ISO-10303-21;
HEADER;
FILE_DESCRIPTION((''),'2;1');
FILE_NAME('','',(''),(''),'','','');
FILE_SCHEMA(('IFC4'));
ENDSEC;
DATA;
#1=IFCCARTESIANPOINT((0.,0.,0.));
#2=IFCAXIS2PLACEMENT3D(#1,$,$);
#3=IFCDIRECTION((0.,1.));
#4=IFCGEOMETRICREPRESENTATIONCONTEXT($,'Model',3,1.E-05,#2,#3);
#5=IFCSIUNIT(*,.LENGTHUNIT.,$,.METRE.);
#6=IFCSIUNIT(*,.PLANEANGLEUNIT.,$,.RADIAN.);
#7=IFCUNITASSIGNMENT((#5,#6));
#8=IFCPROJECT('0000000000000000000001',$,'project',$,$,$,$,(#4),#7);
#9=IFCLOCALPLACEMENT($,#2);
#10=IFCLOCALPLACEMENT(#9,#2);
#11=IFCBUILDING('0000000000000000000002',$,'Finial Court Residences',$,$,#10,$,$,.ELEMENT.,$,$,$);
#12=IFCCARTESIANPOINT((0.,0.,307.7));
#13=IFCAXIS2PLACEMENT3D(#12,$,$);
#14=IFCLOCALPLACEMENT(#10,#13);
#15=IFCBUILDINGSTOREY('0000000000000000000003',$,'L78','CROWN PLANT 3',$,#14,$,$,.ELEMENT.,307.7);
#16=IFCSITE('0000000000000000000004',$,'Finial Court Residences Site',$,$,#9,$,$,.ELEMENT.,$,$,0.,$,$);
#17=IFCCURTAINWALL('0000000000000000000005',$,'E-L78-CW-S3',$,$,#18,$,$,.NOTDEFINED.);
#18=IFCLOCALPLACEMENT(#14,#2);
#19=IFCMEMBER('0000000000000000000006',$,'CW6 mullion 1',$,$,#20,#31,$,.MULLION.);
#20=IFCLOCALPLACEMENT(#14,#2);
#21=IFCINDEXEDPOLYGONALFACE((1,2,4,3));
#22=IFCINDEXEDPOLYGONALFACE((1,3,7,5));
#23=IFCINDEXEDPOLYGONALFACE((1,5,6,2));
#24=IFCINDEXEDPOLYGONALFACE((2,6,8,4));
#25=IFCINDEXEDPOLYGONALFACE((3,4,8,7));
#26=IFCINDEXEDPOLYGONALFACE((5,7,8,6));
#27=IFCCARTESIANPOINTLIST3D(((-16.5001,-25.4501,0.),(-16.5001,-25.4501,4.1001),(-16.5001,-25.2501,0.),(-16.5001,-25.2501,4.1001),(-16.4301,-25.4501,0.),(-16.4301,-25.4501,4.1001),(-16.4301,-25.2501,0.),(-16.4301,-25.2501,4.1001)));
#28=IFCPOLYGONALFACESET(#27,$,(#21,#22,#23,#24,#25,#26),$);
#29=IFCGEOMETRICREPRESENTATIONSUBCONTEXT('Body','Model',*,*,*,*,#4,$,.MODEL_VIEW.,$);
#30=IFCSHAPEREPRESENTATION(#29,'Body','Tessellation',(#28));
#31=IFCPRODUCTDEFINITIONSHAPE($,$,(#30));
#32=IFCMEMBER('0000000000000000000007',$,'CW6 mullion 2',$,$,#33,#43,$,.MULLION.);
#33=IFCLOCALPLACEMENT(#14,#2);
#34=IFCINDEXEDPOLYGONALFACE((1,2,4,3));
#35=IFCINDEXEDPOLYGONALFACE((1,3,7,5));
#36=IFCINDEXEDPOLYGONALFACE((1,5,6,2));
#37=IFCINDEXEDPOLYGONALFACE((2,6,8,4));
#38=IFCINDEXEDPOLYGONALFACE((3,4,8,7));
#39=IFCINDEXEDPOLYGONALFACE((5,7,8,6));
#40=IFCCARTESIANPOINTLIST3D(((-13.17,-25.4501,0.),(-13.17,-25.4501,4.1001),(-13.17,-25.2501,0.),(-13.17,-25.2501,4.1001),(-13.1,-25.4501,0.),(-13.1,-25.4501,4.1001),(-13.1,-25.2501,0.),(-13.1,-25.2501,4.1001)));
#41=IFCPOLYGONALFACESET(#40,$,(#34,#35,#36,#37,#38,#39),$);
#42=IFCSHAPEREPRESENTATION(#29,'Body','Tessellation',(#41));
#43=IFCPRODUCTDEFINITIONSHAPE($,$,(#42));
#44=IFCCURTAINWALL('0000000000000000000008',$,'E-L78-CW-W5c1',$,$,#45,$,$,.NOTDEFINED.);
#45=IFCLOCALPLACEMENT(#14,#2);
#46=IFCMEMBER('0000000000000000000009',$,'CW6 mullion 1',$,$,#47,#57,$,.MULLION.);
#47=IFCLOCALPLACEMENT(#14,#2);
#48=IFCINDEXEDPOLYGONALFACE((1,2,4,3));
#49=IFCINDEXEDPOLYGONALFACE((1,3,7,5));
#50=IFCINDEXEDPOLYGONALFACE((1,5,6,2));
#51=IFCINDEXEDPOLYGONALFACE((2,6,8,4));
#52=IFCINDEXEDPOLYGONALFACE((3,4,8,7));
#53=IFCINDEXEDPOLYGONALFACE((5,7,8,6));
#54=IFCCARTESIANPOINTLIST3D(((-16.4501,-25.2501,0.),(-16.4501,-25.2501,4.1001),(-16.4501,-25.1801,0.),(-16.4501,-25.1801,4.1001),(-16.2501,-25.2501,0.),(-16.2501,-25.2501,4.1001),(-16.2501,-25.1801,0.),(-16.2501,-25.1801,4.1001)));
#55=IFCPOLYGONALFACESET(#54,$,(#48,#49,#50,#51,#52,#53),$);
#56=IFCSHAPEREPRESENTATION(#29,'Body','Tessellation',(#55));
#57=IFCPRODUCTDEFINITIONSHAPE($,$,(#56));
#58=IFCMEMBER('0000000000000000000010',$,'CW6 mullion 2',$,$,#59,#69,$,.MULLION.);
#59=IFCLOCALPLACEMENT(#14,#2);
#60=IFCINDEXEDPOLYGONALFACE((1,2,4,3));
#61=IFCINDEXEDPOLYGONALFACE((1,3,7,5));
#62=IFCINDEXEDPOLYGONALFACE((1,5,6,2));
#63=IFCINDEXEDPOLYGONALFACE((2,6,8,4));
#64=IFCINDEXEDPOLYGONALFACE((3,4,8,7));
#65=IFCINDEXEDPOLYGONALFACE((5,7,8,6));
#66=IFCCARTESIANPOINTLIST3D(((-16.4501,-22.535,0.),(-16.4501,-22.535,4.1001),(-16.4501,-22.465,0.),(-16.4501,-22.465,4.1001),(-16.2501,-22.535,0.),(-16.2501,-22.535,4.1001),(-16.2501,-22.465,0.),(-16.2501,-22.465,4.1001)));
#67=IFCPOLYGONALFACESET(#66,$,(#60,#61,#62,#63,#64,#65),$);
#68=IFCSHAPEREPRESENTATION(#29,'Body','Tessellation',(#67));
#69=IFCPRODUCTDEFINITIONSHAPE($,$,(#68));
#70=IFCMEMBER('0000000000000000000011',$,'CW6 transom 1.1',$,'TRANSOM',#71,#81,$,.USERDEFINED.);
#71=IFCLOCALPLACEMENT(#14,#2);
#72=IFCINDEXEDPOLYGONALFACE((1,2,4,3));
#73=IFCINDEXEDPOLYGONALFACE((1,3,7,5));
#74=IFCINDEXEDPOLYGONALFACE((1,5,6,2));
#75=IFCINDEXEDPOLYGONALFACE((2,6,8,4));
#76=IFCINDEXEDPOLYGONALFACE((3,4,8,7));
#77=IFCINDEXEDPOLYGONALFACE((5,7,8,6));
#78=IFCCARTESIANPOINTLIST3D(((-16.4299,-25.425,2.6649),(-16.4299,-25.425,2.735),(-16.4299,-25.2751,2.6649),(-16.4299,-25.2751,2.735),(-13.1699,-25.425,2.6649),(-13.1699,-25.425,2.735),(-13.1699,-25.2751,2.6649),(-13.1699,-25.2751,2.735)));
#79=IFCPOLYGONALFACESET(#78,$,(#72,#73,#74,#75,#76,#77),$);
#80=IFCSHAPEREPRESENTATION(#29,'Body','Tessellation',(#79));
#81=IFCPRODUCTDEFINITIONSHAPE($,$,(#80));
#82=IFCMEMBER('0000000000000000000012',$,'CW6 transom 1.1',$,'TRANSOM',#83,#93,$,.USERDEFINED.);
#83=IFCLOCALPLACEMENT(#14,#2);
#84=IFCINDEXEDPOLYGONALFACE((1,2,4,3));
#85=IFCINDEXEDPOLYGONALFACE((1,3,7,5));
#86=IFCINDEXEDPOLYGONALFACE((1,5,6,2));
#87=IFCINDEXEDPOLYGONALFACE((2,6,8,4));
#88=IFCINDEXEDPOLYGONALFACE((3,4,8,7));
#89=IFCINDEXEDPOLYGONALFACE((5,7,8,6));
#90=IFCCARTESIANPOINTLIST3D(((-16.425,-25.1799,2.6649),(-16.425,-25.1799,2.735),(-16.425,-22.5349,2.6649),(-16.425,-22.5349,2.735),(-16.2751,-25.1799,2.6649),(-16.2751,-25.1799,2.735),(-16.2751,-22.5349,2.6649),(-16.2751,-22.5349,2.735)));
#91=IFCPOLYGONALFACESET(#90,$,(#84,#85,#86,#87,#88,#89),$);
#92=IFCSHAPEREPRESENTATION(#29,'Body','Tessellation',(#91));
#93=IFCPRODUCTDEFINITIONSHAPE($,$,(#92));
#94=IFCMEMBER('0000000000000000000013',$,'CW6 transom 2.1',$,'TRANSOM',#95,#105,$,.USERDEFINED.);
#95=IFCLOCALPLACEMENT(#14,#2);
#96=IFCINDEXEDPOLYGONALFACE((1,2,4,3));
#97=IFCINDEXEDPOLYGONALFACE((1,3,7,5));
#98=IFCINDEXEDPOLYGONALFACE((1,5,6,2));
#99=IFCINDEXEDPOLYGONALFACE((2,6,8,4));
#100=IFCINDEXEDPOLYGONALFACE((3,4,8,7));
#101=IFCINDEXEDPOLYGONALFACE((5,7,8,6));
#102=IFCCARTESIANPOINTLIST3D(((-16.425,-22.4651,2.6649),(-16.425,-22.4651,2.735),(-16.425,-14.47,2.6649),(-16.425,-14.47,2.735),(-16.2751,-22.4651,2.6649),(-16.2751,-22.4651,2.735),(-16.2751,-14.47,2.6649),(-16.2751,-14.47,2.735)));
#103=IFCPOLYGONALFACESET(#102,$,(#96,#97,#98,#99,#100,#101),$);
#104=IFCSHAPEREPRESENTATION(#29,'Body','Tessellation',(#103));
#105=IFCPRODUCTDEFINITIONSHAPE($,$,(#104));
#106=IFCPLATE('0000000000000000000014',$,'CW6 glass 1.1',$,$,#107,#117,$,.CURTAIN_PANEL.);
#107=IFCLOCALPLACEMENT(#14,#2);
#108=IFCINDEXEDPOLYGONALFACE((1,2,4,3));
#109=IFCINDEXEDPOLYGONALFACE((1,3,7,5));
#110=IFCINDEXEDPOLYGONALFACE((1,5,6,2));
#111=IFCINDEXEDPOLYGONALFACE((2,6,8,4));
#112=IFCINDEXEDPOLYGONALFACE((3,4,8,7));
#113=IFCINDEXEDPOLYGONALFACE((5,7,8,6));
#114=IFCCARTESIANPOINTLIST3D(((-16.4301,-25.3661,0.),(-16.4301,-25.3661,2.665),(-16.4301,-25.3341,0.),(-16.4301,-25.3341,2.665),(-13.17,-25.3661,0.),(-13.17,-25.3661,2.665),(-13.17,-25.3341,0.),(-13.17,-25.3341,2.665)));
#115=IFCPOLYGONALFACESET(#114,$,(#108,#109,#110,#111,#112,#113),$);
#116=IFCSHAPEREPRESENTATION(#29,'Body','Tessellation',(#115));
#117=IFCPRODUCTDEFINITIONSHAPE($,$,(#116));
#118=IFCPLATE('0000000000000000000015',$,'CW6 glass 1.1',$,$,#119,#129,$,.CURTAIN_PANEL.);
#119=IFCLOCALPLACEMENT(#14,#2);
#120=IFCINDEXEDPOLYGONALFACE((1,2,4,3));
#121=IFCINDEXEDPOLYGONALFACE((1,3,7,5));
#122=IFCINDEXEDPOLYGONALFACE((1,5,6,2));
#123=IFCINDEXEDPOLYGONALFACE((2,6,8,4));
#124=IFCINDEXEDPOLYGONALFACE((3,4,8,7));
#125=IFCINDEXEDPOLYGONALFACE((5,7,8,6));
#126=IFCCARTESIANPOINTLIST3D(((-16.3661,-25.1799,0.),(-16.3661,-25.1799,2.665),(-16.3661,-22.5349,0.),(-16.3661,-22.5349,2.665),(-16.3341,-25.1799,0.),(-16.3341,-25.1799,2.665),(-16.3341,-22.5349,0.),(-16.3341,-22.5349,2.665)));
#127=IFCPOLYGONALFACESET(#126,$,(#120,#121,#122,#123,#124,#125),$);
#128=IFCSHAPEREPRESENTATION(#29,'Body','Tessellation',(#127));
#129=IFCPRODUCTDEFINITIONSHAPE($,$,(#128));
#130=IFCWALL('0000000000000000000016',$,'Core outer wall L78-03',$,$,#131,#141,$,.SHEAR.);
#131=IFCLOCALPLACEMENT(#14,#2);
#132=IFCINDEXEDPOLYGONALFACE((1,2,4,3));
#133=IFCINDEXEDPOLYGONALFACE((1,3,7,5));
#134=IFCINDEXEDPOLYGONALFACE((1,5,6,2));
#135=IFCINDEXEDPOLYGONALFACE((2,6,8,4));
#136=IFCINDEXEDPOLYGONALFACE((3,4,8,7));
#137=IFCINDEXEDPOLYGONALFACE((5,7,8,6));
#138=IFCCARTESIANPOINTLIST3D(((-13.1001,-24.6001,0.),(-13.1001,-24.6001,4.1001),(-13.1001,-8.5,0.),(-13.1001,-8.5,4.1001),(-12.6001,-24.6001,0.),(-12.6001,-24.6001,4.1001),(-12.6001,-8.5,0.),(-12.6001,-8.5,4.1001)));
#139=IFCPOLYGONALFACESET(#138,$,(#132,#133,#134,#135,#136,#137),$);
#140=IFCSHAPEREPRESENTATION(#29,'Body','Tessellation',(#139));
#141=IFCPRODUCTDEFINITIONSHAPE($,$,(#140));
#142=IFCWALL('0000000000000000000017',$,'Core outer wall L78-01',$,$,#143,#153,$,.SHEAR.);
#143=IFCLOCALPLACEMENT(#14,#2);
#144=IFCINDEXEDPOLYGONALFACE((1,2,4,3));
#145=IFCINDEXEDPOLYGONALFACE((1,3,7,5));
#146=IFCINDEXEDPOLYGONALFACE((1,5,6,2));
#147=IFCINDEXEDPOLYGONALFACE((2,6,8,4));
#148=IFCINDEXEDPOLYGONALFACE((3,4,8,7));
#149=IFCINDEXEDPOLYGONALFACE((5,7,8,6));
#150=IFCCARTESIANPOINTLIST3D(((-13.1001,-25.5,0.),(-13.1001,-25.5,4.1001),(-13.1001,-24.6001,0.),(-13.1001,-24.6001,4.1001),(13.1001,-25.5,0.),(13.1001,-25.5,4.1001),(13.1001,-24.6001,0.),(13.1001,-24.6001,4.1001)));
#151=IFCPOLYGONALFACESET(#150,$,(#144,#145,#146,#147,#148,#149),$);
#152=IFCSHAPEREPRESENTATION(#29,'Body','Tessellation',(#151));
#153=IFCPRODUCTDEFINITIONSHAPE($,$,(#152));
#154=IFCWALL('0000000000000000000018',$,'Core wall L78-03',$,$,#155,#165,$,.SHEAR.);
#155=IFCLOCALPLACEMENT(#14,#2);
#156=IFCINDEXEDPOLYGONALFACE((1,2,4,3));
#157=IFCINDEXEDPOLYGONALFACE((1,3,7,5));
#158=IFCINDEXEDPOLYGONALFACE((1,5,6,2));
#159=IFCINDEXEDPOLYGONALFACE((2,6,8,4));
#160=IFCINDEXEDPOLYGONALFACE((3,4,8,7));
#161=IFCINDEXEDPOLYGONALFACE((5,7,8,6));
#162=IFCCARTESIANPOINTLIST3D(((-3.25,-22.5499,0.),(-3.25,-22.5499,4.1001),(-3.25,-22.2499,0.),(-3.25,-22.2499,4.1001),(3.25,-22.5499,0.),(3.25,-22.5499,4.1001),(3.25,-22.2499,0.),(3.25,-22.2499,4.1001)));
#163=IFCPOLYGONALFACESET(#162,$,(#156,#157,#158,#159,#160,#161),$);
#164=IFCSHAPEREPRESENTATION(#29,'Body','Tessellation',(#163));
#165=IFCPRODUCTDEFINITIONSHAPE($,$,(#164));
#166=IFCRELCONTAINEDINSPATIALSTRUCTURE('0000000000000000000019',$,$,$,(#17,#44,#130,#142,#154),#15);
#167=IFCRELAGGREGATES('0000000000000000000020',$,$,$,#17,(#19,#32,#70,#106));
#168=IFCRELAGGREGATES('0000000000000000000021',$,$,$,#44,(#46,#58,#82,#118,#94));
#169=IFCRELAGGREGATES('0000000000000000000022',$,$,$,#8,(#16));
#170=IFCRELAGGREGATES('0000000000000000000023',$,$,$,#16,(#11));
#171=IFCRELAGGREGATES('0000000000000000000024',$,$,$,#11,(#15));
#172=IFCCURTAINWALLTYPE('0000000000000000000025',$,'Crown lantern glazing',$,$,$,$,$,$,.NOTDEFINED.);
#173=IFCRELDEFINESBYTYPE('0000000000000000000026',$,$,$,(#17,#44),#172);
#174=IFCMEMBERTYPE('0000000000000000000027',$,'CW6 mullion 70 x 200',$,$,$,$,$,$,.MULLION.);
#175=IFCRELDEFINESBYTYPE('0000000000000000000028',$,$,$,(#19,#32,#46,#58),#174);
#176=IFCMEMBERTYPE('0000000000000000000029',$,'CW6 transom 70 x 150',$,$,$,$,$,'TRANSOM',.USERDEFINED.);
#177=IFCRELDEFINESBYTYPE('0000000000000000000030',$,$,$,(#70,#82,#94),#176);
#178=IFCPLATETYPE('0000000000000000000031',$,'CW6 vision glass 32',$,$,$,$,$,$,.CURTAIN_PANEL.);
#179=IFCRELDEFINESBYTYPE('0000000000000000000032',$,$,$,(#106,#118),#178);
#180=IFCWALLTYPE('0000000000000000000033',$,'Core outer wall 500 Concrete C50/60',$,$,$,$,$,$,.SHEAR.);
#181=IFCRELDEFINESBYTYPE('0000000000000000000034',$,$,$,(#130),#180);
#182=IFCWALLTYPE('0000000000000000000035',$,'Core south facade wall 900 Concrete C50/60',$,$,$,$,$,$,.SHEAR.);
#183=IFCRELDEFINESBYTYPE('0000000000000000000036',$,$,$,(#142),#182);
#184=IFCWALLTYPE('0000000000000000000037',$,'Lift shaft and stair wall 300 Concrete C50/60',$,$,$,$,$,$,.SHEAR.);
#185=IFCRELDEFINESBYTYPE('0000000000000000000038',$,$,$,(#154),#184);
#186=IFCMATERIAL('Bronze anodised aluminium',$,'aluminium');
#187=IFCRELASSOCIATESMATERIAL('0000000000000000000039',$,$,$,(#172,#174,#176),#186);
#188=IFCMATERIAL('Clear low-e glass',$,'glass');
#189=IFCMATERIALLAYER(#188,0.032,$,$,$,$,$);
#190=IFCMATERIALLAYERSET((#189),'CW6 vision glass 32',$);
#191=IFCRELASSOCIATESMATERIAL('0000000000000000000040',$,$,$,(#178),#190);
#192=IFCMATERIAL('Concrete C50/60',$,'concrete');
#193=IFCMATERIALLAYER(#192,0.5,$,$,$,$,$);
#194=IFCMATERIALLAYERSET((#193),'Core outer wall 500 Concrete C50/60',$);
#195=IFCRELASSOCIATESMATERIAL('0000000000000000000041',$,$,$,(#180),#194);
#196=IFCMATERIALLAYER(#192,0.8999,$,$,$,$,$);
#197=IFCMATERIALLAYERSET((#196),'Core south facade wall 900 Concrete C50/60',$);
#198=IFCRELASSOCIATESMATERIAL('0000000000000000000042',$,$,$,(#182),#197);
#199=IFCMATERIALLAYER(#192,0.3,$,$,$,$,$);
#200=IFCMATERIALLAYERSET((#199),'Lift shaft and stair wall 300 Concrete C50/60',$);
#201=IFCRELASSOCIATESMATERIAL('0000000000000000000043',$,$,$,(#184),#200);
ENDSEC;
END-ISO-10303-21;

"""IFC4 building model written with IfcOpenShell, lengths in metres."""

from ifc_helpers import new_model, si_unit, direction, frame, frame_2d, origin, origin_2d, place, context, subcontext, project, spatial, rectangle, extrude, material, layer, layer_set, material_profile, profile_set, type_object, element, aggregate, save


model = new_model("IFC4")

# Units and contexts
model_context = context("Model", 3, precision=1e-05, world=origin(), true_north=direction((0.0, 1.0)))
body_context = subcontext(model_context, "Body", "Model", "MODEL_VIEW")
ifc_project = project(units=[si_unit("LENGTHUNIT", "METRE"), si_unit("PLANEANGLEUNIT", "RADIAN")], contexts=[model_context])

# Site, building, storey
site_placement = place(None, origin())
site = spatial("IfcSite", under=ifc_project, at=site_placement, Name="Finial Court Residences Site", CompositionType="ELEMENT", RefElevation=0.0)
building_placement = place(site_placement, origin())
building = spatial("IfcBuilding", under=site, at=building_placement, Name="Finial Court Residences", CompositionType="ELEMENT")
storey_placement = place(building_placement, frame((0.0, 0.0, 307.7)))
storey = spatial("IfcBuildingStorey", under=building, at=storey_placement, Name="L78", Description="CROWN PLANT 3", CompositionType="ELEMENT", Elevation=307.7)

# Curtain walls, members
ifc_material_1 = material(Name="Bronze anodised aluminium", Category="aluminium")
curtain_wall_type = type_object("IfcCurtainWallType", Name="Crown lantern glazing", PredefinedType="NOTDEFINED", material=ifc_material_1)
curtain_wall_1_placement = place(storey_placement, origin())
curtain_wall_1 = element("IfcCurtainWall", 1, at=curtain_wall_1_placement, inside=storey, type_object=curtain_wall_type, Name="E-L78-CW-S3", PredefinedType="NOTDEFINED")
ifc_material_profile_1 = material_profile(ifc_material_1, rectangle(XDim=0.2, YDim=0.0701, at=origin_2d()), Name="CW6 mullion 70 x 200")
ifc_profile_set_1 = profile_set([ifc_material_profile_1], Name="Bronze anodised aluminium")
member_type_1 = type_object("IfcMemberType", Name="CW6 mullion 70 x 200", PredefinedType="MULLION", material=ifc_profile_set_1)
member_1_placement = place(storey_placement, frame((-16.4651, -25.3501, 0.0), z_axis=(0.0, 0.0, 1.0), x_axis=(0.0, 1.0, 0.0)))
member_1 = element("IfcMember", 2, at=member_1_placement, type_object=member_type_1, Name="CW6 mullion 1", PredefinedType="MULLION", context=body_context, shape_type="SweptSolid", body=[
    extrude(rectangle(XDim=0.2, YDim=0.0701, at=origin_2d()), origin(), (0.0, 0.0, 1.0), 4.1001),
])
member_2_placement = place(storey_placement, frame((-13.135, -25.3501, 0.0), z_axis=(0.0, 0.0, 1.0), x_axis=(0.0, 1.0, 0.0)))
member_2 = element("IfcMember", 3, at=member_2_placement, type_object=member_type_1, Name="CW6 mullion 2", PredefinedType="MULLION", context=body_context, shape_type="SweptSolid", body=[
    extrude(rectangle(XDim=0.2, YDim=0.0701, at=origin_2d()), origin(), (0.0, 0.0, 1.0), 4.1001),
])
curtain_wall_2_placement = place(storey_placement, origin())
curtain_wall_2 = element("IfcCurtainWall", 4, at=curtain_wall_2_placement, inside=storey, type_object=curtain_wall_type, Name="E-L78-CW-W5c1", PredefinedType="NOTDEFINED")
member_3_placement = place(storey_placement, frame((-16.3501, -25.2151, 0.0), z_axis=(0.0, 0.0, 1.0), x_axis=(-1.0, 0.0, 0.0)))
member_3 = element("IfcMember", 5, at=member_3_placement, type_object=member_type_1, Name="CW6 mullion 1", PredefinedType="MULLION", context=body_context, shape_type="SweptSolid", body=[
    extrude(rectangle(XDim=0.2, YDim=0.0701, at=origin_2d()), origin(), (0.0, 0.0, 1.0), 4.1001),
])
member_4_placement = place(storey_placement, frame((-16.3501, -22.5, 0.0), z_axis=(0.0, 0.0, 1.0), x_axis=(-1.0, 0.0, 0.0)))
member_4 = element("IfcMember", 6, at=member_4_placement, type_object=member_type_1, Name="CW6 mullion 2", PredefinedType="MULLION", context=body_context, shape_type="SweptSolid", body=[
    extrude(rectangle(XDim=0.2, YDim=0.0701, at=origin_2d()), origin(), (0.0, 0.0, 1.0), 4.1001),
])

# Members
ifc_material_profile_2 = material_profile(ifc_material_1, rectangle(XDim=0.1499, YDim=0.0701, at=origin_2d()), Name="CW6 transom 70 x 150")
ifc_profile_set_2 = profile_set([ifc_material_profile_2], Name="Bronze anodised aluminium")
member_type_2 = type_object("IfcMemberType", Name="CW6 transom 70 x 150", ElementType="TRANSOM", PredefinedType="USERDEFINED", material=ifc_profile_set_2)
member_5_placement = place(storey_placement, frame((-16.4299, -25.3501, 2.7), z_axis=(1.0, 0.0, 0.0), x_axis=(0.0, 1.0, 0.0)))
member_5 = element("IfcMember", 7, at=member_5_placement, type_object=member_type_2, Name="CW6 transom 1.1", ObjectType="TRANSOM", PredefinedType="USERDEFINED", context=body_context, shape_type="SweptSolid", body=[
    extrude(rectangle(XDim=0.1499, YDim=0.0701, at=origin_2d()), origin(), (0.0, 0.0, 1.0), 3.26),
])
member_6_placement = place(storey_placement, frame((-16.3501, -25.1799, 2.7), z_axis=(0.0, 1.0, 0.0), x_axis=(-1.0, 0.0, 0.0)))
member_6 = element("IfcMember", 8, at=member_6_placement, type_object=member_type_2, Name="CW6 transom 1.1", ObjectType="TRANSOM", PredefinedType="USERDEFINED", context=body_context, shape_type="SweptSolid", body=[
    extrude(rectangle(XDim=0.1499, YDim=0.0701, at=origin_2d()), origin(), (0.0, 0.0, 1.0), 2.645),
])
member_7_placement = place(storey_placement, frame((-16.3501, -22.4651, 2.7), z_axis=(0.0, 1.0, 0.0), x_axis=(-1.0, 0.0, 0.0)))
member_7 = element("IfcMember", 9, at=member_7_placement, type_object=member_type_2, Name="CW6 transom 2.1", ObjectType="TRANSOM", PredefinedType="USERDEFINED", context=body_context, shape_type="SweptSolid", body=[
    extrude(rectangle(XDim=0.1499, YDim=0.0701, at=origin_2d()), origin(), (0.0, 0.0, 1.0), 7.9951),
])

# Plates
ifc_material_2 = material(Name="Clear low-e glass", Category="glass")
ifc_layer_1 = layer(ifc_material_2, 0.032)
ifc_layer_set_1 = layer_set([ifc_layer_1], Name="CW6 vision glass 32")
plate_type = type_object("IfcPlateType", Name="CW6 vision glass 32", PredefinedType="CURTAIN_PANEL", material=ifc_layer_set_1)
plate_1_placement = place(storey_placement, frame((-14.8, -25.3501, 0.0), z_axis=(0.0, 0.0, 1.0), x_axis=(1.0, 0.0, 0.0)))
plate_1 = element("IfcPlate", 10, at=plate_1_placement, type_object=plate_type, Name="CW6 glass 1.1", PredefinedType="CURTAIN_PANEL", context=body_context, shape_type="SweptSolid", body=[
    extrude(rectangle(XDim=3.26, YDim=0.032, at=origin_2d()), origin(), (0.0, 0.0, 1.0), 2.665),
])
plate_2_placement = place(storey_placement, frame((-16.3501, -23.8574, 0.0), z_axis=(0.0, 0.0, 1.0), x_axis=(0.0, 1.0, 0.0)))
plate_2 = element("IfcPlate", 11, at=plate_2_placement, type_object=plate_type, Name="CW6 glass 1.1", PredefinedType="CURTAIN_PANEL", context=body_context, shape_type="SweptSolid", body=[
    extrude(rectangle(XDim=2.645, YDim=0.032, at=origin_2d()), origin(), (0.0, 0.0, 1.0), 2.665),
])

# Walls
ifc_material_3 = material(Name="Concrete C50/60", Category="concrete")
ifc_layer_2 = layer(ifc_material_3, 0.5)
ifc_layer_set_2 = layer_set([ifc_layer_2], Name="Core outer wall 500 Concrete C50/60")
wall_type_1 = type_object("IfcWallType", Name="Core outer wall 500 Concrete C50/60", PredefinedType="SHEAR", material=ifc_layer_set_2)
wall_1_placement = place(storey_placement, frame((-12.8501, -24.6001, 0.0), z_axis=(0.0, 0.0, 1.0), x_axis=(0.0, 1.0, 0.0)))
element("IfcWall", 12, at=wall_1_placement, inside=storey, type_object=wall_type_1, Name="Core outer wall L78-03", PredefinedType="SHEAR", context=body_context, shape_type="SweptSolid", body=[
    extrude(rectangle(XDim=16.1001, YDim=0.5, at=frame_2d((8.05, 0.0))), origin(), (0.0, 0.0, 1.0), 4.1001),
])
ifc_layer_3 = layer(ifc_material_3, 0.8999)
ifc_layer_set_3 = layer_set([ifc_layer_3], Name="Core south facade wall 900 Concrete C50/60")
wall_type_2 = type_object("IfcWallType", Name="Core south facade wall 900 Concrete C50/60", PredefinedType="SHEAR", material=ifc_layer_set_3)
wall_2_placement = place(storey_placement, frame((-13.1001, -25.05, 0.0), z_axis=(0.0, 0.0, 1.0), x_axis=(1.0, 0.0, 0.0)))
element("IfcWall", 13, at=wall_2_placement, inside=storey, type_object=wall_type_2, Name="Core outer wall L78-01", PredefinedType="SHEAR", context=body_context, shape_type="SweptSolid", body=[
    extrude(rectangle(XDim=26.2002, YDim=0.8999, at=frame_2d((13.1001, 0.0))), origin(), (0.0, 0.0, 1.0), 4.1001),
])
ifc_layer_4 = layer(ifc_material_3, 0.3)
ifc_layer_set_4 = layer_set([ifc_layer_4], Name="Lift shaft and stair wall 300 Concrete C50/60")
wall_type_3 = type_object("IfcWallType", Name="Lift shaft and stair wall 300 Concrete C50/60", PredefinedType="SHEAR", material=ifc_layer_set_4)
wall_3_placement = place(storey_placement, frame((-3.25, -22.3999, 0.0), z_axis=(0.0, 0.0, 1.0), x_axis=(1.0, 0.0, 0.0)))
element("IfcWall", 14, at=wall_3_placement, inside=storey, type_object=wall_type_3, Name="Core wall L78-03", PredefinedType="SHEAR", context=body_context, shape_type="SweptSolid", body=[
    extrude(rectangle(XDim=6.5, YDim=0.3, at=frame_2d((3.25, 0.0))), origin(), (0.0, 0.0, 1.0), 4.1001),
])

aggregate(curtain_wall_1, [member_1, member_2, member_5, plate_1])
aggregate(curtain_wall_2, [member_3, member_4, member_6, plate_2, member_7])

save(model, "model.ifc")
